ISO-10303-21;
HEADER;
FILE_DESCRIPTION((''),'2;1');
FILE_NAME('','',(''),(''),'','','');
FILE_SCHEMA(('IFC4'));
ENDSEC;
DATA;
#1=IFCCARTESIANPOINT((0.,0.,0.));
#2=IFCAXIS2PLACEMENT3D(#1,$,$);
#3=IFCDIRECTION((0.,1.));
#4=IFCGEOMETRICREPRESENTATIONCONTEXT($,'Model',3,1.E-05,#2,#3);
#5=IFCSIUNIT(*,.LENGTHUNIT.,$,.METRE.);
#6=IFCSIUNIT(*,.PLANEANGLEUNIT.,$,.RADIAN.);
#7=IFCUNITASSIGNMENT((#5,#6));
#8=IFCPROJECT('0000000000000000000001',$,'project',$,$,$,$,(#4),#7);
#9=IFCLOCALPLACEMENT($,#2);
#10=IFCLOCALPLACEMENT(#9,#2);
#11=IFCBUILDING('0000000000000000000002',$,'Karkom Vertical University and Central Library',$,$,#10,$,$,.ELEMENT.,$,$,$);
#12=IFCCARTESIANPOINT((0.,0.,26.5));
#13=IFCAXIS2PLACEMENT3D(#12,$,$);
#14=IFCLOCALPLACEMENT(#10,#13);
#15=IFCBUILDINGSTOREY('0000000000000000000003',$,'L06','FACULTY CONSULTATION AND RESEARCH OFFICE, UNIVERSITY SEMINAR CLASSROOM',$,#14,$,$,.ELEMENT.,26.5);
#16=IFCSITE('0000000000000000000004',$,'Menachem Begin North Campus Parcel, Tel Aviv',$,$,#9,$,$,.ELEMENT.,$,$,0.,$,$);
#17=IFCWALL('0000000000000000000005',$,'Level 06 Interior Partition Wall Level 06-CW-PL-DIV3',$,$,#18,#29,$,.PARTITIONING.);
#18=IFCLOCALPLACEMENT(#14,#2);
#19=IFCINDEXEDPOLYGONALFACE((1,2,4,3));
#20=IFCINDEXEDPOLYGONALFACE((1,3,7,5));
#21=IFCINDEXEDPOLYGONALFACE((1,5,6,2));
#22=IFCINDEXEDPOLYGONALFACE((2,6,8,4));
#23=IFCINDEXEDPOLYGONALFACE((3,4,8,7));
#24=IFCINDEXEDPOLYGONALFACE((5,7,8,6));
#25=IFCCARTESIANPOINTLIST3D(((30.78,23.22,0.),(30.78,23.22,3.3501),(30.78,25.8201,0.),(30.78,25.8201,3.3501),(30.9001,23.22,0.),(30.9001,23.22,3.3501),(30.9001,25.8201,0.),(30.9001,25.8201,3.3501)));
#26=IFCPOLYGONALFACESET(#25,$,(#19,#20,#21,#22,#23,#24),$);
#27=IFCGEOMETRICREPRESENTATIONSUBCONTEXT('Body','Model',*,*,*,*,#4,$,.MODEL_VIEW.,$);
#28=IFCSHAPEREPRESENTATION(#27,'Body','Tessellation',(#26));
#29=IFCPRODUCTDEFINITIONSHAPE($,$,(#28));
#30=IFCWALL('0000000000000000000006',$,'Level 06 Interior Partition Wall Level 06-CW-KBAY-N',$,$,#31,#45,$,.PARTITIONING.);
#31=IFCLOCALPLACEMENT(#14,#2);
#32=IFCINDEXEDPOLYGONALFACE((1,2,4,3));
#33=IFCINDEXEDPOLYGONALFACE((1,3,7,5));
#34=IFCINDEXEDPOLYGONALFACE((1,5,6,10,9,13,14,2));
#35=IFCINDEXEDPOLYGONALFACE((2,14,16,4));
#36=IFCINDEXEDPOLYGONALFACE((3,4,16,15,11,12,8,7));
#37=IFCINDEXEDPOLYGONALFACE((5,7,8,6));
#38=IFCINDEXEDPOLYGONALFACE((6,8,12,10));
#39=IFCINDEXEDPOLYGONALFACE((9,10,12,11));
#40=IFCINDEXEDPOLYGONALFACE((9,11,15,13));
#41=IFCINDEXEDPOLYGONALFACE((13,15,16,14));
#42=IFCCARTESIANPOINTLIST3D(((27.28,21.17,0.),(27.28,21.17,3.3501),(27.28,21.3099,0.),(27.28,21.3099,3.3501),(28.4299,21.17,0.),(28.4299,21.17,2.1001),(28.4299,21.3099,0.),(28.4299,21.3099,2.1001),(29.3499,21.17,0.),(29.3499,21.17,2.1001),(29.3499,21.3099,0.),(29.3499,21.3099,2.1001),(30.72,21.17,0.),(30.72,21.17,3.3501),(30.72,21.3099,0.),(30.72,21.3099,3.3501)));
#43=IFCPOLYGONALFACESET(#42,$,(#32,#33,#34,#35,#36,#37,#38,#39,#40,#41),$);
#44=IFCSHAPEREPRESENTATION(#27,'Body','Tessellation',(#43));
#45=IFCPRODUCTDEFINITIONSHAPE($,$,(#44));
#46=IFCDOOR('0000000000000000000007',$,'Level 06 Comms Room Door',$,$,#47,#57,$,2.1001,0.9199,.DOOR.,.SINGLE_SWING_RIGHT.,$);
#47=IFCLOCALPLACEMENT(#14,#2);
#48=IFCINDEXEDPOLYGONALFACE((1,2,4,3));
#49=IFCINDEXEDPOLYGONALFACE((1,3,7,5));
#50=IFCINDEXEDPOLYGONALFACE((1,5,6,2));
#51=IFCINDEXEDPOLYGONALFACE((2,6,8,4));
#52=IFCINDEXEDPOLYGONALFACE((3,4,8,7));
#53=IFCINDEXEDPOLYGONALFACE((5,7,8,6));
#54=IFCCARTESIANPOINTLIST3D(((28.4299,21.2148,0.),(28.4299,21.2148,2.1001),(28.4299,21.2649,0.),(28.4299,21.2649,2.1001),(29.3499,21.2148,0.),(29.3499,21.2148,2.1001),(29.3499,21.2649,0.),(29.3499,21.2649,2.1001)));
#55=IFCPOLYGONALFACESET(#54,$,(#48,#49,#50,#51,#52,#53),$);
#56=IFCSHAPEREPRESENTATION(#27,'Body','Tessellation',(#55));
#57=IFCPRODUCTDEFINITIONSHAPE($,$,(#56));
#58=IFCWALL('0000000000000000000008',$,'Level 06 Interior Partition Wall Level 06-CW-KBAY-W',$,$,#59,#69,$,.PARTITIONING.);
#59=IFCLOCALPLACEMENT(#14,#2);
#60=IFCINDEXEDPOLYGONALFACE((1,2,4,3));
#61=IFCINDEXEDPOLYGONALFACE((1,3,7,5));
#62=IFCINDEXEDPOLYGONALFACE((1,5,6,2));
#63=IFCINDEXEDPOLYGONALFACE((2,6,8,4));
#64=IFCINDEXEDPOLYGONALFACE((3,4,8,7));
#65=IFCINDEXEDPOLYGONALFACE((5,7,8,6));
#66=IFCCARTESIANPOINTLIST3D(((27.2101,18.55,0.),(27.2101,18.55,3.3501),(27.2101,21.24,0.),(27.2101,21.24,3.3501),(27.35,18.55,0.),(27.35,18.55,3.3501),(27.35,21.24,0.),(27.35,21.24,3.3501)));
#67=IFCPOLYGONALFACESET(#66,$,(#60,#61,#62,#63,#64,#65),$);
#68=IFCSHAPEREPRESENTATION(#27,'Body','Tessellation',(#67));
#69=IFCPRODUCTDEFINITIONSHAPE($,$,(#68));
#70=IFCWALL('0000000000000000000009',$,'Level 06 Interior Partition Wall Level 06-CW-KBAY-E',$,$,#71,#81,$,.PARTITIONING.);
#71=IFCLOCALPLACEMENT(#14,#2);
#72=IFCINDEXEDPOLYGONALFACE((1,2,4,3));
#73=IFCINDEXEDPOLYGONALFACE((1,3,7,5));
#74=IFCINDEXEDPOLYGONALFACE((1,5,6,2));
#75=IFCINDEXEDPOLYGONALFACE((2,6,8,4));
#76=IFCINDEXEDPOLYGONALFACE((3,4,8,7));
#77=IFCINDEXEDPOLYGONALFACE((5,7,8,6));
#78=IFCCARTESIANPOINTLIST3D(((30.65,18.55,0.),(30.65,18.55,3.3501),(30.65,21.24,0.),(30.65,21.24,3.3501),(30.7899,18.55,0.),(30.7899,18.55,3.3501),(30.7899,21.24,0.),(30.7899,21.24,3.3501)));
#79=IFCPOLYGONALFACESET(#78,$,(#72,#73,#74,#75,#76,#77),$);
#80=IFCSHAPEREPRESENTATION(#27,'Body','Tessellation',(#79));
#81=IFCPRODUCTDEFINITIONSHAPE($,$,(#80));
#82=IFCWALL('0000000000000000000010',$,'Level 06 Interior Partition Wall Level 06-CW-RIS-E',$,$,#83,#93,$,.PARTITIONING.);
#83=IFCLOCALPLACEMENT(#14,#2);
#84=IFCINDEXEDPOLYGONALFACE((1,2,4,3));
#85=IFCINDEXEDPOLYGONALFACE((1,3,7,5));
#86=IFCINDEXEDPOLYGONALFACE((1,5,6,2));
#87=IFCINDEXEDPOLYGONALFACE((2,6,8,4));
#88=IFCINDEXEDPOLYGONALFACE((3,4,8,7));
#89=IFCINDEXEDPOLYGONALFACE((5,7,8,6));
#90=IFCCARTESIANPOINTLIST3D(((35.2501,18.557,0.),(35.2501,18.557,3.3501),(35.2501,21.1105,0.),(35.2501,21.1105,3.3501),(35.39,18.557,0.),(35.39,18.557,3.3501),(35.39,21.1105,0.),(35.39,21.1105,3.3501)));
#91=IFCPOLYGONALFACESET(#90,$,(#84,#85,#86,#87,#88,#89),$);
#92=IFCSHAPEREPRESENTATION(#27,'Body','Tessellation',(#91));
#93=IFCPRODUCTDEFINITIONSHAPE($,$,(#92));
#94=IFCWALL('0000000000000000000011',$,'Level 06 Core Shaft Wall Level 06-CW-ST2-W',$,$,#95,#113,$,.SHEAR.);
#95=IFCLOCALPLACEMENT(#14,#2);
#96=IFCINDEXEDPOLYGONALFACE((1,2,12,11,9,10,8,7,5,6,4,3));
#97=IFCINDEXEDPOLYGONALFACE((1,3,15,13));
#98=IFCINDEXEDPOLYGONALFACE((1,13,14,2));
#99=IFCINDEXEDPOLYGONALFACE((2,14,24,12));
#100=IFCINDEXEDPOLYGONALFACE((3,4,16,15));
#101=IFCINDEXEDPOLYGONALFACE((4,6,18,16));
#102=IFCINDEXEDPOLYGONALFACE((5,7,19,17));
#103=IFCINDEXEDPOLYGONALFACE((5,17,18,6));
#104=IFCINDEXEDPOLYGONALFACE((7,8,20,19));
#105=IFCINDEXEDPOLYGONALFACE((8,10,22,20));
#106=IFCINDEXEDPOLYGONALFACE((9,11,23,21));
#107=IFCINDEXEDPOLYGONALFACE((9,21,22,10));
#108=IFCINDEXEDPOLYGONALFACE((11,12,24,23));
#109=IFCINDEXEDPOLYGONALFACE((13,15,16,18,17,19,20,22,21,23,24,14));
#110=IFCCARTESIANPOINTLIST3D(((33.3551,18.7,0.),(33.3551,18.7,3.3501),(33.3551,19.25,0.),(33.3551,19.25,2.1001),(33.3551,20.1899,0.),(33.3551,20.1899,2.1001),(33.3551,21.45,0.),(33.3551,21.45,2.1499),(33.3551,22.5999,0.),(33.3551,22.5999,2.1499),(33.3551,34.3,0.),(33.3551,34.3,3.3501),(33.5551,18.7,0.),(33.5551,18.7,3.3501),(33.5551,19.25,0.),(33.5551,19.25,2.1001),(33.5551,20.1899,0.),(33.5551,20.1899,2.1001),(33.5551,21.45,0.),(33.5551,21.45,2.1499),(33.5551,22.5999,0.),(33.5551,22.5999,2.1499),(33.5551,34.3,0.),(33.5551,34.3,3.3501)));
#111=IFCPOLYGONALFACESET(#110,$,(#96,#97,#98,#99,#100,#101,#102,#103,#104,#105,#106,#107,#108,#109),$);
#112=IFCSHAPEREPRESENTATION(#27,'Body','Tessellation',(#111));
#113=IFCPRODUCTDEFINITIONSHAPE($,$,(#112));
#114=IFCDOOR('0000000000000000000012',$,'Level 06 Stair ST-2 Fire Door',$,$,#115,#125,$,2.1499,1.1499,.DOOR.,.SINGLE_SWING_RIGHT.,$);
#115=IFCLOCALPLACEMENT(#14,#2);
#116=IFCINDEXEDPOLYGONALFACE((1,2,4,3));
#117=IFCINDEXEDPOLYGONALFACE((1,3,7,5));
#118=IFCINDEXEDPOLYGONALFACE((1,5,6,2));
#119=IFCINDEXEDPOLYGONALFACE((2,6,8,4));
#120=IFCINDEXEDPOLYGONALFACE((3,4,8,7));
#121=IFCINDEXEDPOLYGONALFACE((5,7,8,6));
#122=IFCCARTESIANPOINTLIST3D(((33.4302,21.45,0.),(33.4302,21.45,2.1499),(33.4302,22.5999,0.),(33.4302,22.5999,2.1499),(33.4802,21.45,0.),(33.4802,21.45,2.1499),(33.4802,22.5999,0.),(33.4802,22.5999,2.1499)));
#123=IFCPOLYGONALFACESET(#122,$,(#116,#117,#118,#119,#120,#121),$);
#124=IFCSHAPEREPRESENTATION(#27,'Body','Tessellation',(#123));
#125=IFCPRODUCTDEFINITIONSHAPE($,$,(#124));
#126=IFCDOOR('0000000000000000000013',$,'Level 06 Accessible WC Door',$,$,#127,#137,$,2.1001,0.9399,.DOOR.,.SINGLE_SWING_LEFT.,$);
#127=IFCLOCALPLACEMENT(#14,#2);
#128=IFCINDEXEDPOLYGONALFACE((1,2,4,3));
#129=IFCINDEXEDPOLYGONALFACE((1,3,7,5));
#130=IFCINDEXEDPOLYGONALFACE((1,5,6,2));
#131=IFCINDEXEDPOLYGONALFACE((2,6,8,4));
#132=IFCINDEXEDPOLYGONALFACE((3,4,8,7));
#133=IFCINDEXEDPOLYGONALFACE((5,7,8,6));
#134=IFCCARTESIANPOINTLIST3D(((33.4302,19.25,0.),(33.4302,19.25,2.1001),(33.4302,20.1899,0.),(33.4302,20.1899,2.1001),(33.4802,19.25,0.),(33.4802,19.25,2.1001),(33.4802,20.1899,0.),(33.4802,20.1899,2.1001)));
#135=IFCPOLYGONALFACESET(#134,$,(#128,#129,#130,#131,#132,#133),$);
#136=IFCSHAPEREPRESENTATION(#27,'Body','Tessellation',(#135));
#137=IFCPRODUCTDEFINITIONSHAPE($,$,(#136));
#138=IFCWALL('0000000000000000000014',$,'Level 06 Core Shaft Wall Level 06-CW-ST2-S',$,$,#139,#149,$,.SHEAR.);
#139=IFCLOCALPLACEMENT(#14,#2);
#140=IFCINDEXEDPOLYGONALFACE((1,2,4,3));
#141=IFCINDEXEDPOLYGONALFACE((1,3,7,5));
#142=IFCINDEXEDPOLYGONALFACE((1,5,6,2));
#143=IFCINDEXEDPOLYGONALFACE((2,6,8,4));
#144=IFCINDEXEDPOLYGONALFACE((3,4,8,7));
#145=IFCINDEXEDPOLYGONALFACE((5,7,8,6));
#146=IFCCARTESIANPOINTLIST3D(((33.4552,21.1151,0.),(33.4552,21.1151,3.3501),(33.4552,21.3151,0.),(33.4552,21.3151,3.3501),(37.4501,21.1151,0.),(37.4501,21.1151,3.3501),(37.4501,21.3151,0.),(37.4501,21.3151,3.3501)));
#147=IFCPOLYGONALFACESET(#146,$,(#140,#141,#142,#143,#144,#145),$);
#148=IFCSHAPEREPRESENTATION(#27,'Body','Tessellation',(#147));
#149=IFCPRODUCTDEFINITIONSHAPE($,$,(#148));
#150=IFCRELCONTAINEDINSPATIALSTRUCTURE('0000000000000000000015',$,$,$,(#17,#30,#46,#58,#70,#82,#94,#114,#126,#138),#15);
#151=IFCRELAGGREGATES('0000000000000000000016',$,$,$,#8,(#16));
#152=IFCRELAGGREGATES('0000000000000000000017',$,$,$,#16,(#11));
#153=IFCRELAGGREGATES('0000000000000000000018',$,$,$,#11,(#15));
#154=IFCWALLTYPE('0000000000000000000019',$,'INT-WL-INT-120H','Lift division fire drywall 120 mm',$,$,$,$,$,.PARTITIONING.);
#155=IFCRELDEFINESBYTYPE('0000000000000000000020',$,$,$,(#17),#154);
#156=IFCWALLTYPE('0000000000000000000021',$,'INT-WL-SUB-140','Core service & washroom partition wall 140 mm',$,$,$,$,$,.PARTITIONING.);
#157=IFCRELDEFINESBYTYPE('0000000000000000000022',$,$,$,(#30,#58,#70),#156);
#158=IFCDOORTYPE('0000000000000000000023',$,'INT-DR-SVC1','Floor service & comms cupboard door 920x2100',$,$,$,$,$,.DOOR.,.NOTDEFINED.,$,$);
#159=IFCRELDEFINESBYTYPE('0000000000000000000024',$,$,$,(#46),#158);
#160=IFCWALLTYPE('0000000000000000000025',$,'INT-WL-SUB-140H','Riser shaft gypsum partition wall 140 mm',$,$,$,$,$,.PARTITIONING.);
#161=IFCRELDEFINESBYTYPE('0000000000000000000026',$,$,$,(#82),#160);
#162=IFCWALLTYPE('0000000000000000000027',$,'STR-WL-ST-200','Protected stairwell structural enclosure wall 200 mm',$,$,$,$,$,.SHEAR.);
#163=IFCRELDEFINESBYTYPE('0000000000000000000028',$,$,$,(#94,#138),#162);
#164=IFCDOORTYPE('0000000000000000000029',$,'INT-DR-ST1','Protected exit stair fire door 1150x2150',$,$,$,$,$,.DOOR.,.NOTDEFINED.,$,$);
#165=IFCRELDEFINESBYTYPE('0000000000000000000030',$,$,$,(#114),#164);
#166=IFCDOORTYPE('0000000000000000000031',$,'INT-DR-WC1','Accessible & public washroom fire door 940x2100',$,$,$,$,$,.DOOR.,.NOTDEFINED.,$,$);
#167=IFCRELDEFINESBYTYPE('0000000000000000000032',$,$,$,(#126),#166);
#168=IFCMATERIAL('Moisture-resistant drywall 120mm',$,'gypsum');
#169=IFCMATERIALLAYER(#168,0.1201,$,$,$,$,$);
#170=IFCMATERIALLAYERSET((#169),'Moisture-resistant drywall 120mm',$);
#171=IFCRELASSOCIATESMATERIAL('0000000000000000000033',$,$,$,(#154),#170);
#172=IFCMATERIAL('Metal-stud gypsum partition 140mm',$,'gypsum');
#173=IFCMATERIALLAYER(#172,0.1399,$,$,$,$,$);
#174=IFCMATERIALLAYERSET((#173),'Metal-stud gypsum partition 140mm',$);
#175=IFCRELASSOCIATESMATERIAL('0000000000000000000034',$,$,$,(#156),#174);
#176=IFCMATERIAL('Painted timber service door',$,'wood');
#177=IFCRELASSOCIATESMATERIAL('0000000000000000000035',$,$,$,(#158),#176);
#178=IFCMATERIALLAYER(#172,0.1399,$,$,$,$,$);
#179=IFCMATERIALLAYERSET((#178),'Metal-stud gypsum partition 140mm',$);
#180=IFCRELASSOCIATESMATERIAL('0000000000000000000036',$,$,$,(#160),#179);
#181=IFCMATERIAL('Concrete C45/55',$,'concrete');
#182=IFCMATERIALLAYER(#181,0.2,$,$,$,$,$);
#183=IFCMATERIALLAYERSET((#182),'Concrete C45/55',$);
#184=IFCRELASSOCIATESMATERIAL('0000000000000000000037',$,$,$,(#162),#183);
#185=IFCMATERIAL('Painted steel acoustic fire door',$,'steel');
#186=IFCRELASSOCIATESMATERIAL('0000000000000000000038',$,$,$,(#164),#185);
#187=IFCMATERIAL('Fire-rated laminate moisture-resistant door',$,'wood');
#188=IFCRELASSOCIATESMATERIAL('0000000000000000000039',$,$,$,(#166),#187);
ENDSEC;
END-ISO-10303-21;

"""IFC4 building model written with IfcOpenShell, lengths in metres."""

from ifc_helpers import new_model, si_unit, direction, frame, frame_2d, origin, origin_with_axes, place, context, subcontext, project, spatial, rectangle, extrude, source, transform, mapped, material, layer, layer_set, type_object, element, fill, save


model = new_model("IFC4")

# Units and contexts
model_context = context("Model", 3, precision=1e-05, world=origin(), true_north=direction((0.0, 1.0)))
body_context = subcontext(model_context, "Body", "Model", "MODEL_VIEW")
ifc_project = project(units=[si_unit("LENGTHUNIT", "METRE"), si_unit("PLANEANGLEUNIT", "RADIAN")], contexts=[model_context])

# Site, building, storey
site_placement = place(None, origin())
site = spatial("IfcSite", under=ifc_project, at=site_placement, Name="Menachem Begin North Campus Parcel, Tel Aviv", CompositionType="ELEMENT", RefElevation=0.0)
building_placement = place(site_placement, origin())
building = spatial("IfcBuilding", under=site, at=building_placement, Name="Karkom Vertical University and Central Library", CompositionType="ELEMENT")
storey_placement = place(building_placement, frame((0.0, 0.0, 26.5)))
storey = spatial("IfcBuildingStorey", under=building, at=storey_placement, Name="L06", Description="FACULTY CONSULTATION AND RESEARCH OFFICE, UNIVERSITY SEMINAR CLASSROOM", CompositionType="ELEMENT", Elevation=26.5)

# Wall
ifc_material_1 = material(Name="Moisture-resistant drywall 120mm", Category="gypsum")
ifc_layer_1 = layer(ifc_material_1, 0.1201)
ifc_layer_set_1 = layer_set([ifc_layer_1], Name="Moisture-resistant drywall 120mm")
wall_type_1 = type_object("IfcWallType", Name="INT-WL-INT-120H", Description="Lift division fire drywall 120 mm", PredefinedType="PARTITIONING", material=ifc_layer_set_1)
for number, where, z_axis, x_axis, name in (
    (1, (30.8401, 23.22, 0.0), (0.0, 0.0, 1.0), (0.0, 1.0, 0.0), "Level 06 Interior Partition Wall Level 06-CW-PL-DIV3"),
):
    element("IfcWall", number, at=place(storey_placement, frame(where, z_axis=z_axis, x_axis=x_axis)), inside=storey, type_object=wall_type_1, Name=name, PredefinedType="PARTITIONING", context=body_context, shape_type="SweptSolid", body=[
        extrude(rectangle(XDim=2.6001, YDim=0.1201, at=frame_2d((1.3, 0.0))), origin(), (0.0, 0.0, 1.0), 3.3501),
    ])

# Wall, opening, door
ifc_material_2 = material(Name="Metal-stud gypsum partition 140mm", Category="gypsum")
ifc_layer_2 = layer(ifc_material_2, 0.1399)
ifc_layer_set_2 = layer_set([ifc_layer_2], Name="Metal-stud gypsum partition 140mm")
wall_type_2 = type_object("IfcWallType", Name="INT-WL-SUB-140", Description="Core service & washroom partition wall 140 mm", PredefinedType="PARTITIONING", material=ifc_layer_set_2)
wall_1_placement = place(storey_placement, frame((27.28, 21.24, 0.0), z_axis=(0.0, 0.0, 1.0), x_axis=(1.0, 0.0, 0.0)))
wall_1 = element("IfcWall", 2, at=wall_1_placement, inside=storey, type_object=wall_type_2, Name="Level 06 Interior Partition Wall Level 06-CW-KBAY-N", PredefinedType="PARTITIONING", context=body_context, shape_type="SweptSolid", body=[
    extrude(rectangle(XDim=3.4399, YDim=0.1399, at=frame_2d((1.72, 0.0))), origin(), (0.0, 0.0, 1.0), 3.3501),
])
opening_1_placement = place(wall_1_placement, frame((1.1499, 0.0, 0.0)))
opening_1 = element("IfcOpeningElement", 3, at=opening_1_placement, cuts=wall_1, PredefinedType="OPENING", context=body_context, shape_type="SweptSolid", body=[
    extrude(rectangle(XDim=0.9199, YDim=2.1001, at=frame_2d((0.46, 1.05))), frame((0.0, 0.0801, 0.0), z_axis=(0.0, -1.0, 0.0), x_axis=(1.0, 0.0, 0.0)), (0.0, 0.0, 1.0), 0.1599),
])
ifc_material_3 = material(Name="Painted timber service door", Category="wood")
door_type_1 = type_object("IfcDoorType", Name="INT-DR-SVC1", Description="Floor service & comms cupboard door 920x2100", OperationType="NOTDEFINED", PredefinedType="DOOR", material=ifc_material_3)
shared_shape_1 = source(origin_with_axes(), body_context, "Body", "SweptSolid", [
    extrude(rectangle(XDim=0.9199, YDim=2.1001, at=frame_2d((0.46, 1.05))), frame((0.0, 0.0249, 0.0), z_axis=(0.0, -1.0, 0.0), x_axis=(1.0, 0.0, 0.0)), (0.0, 0.0, 1.0), 0.05),
])
door_1_placement = place(opening_1_placement, origin())
door_1 = element("IfcDoor", 4, at=door_1_placement, inside=storey, type_object=door_type_1, Name="Level 06 Comms Room Door", OperationType="SINGLE_SWING_RIGHT", OverallHeight=2.1001, OverallWidth=0.9199, PredefinedType="DOOR", context=body_context, shape_type="MappedRepresentation", body=[
    mapped(shared_shape_1, transform((0.0, 0.0, 0.0), scale=1.0)),
])
fill(opening_1, door_1)

# Walls
for number, where, z_axis, x_axis, name in (
    (5, (27.28, 18.55, 0.0), (0.0, 0.0, 1.0), (0.0, 1.0, 0.0), "Level 06 Interior Partition Wall Level 06-CW-KBAY-W"),
    (6, (30.72, 18.55, 0.0), (0.0, 0.0, 1.0), (0.0, 1.0, 0.0), "Level 06 Interior Partition Wall Level 06-CW-KBAY-E"),
):
    element("IfcWall", number, at=place(storey_placement, frame(where, z_axis=z_axis, x_axis=x_axis)), inside=storey, type_object=wall_type_2, Name=name, PredefinedType="PARTITIONING", context=body_context, shape_type="SweptSolid", body=[
        extrude(rectangle(XDim=2.6899, YDim=0.1399, at=frame_2d((1.345, 0.0))), origin(), (0.0, 0.0, 1.0), 3.3501),
    ])
ifc_layer_3 = layer(ifc_material_2, 0.1399)
ifc_layer_set_3 = layer_set([ifc_layer_3], Name="Metal-stud gypsum partition 140mm")
wall_type_3 = type_object("IfcWallType", Name="INT-WL-SUB-140H", Description="Riser shaft gypsum partition wall 140 mm", PredefinedType="PARTITIONING", material=ifc_layer_set_3)
wall_2_placement = place(storey_placement, frame((35.3201, 18.5569, 0.0), z_axis=(0.0, 0.0, 1.0), x_axis=(0.0, 1.0, 0.0)))
element("IfcWall", 7, at=wall_2_placement, inside=storey, type_object=wall_type_3, Name="Level 06 Interior Partition Wall Level 06-CW-RIS-E", PredefinedType="PARTITIONING", context=body_context, shape_type="SweptSolid", body=[
    extrude(rectangle(XDim=2.5535, YDim=0.1399, at=frame_2d((1.2769, 0.0))), origin(), (0.0, 0.0, 1.0), 3.3501),
])

# Wall, openings, doors
ifc_material_4 = material(Name="Concrete C45/55", Category="concrete")
ifc_layer_4 = layer(ifc_material_4, 0.2)
ifc_layer_set_4 = layer_set([ifc_layer_4], Name="Concrete C45/55")
wall_type_4 = type_object("IfcWallType", Name="STR-WL-ST-200", Description="Protected stairwell structural enclosure wall 200 mm", PredefinedType="SHEAR", material=ifc_layer_set_4)
wall_3_placement = place(storey_placement, frame((33.4551, 18.7, 0.0), z_axis=(0.0, 0.0, 1.0), x_axis=(0.0, 1.0, 0.0)))
wall_3 = element("IfcWall", 8, at=wall_3_placement, inside=storey, type_object=wall_type_4, Name="Level 06 Core Shaft Wall Level 06-CW-ST2-W", PredefinedType="SHEAR", context=body_context, shape_type="SweptSolid", body=[
    extrude(rectangle(XDim=15.6001, YDim=0.2, at=frame_2d((7.8, 0.0))), origin(), (0.0, 0.0, 1.0), 3.3501),
])
opening_2_placement = place(wall_3_placement, frame((2.75, 0.0, 0.0)))
opening_2 = element("IfcOpeningElement", 9, at=opening_2_placement, cuts=wall_3, PredefinedType="OPENING", context=body_context, shape_type="SweptSolid", body=[
    extrude(rectangle(XDim=1.1499, YDim=2.1499, at=frame_2d((0.575, 1.075))), frame((0.0, 0.1099, 0.0), z_axis=(0.0, -1.0, 0.0), x_axis=(1.0, 0.0, 0.0)), (0.0, 0.0, 1.0), 0.22),
])
opening_3_placement = place(wall_3_placement, frame((0.55, 0.0, 0.0)))
opening_3 = element("IfcOpeningElement", 10, at=opening_3_placement, cuts=wall_3, PredefinedType="OPENING", context=body_context, shape_type="SweptSolid", body=[
    extrude(rectangle(XDim=0.9399, YDim=2.1001, at=frame_2d((0.47, 1.05))), frame((0.0, 0.1099, 0.0), z_axis=(0.0, -1.0, 0.0), x_axis=(1.0, 0.0, 0.0)), (0.0, 0.0, 1.0), 0.22),
])
ifc_material_5 = material(Name="Painted steel acoustic fire door", Category="steel")
door_type_2 = type_object("IfcDoorType", Name="INT-DR-ST1", Description="Protected exit stair fire door 1150x2150", OperationType="NOTDEFINED", PredefinedType="DOOR", material=ifc_material_5)
shared_shape_2 = source(origin_with_axes(), body_context, "Body", "SweptSolid", [
    extrude(rectangle(XDim=1.1499, YDim=2.1499, at=frame_2d((0.575, 1.075))), frame((0.0, 0.0249, 0.0), z_axis=(0.0, -1.0, 0.0), x_axis=(1.0, 0.0, 0.0)), (0.0, 0.0, 1.0), 0.05),
])
door_2_placement = place(opening_2_placement, origin())
door_2 = element("IfcDoor", 11, at=door_2_placement, inside=storey, type_object=door_type_2, Name="Level 06 Stair ST-2 Fire Door", OperationType="SINGLE_SWING_RIGHT", OverallHeight=2.1499, OverallWidth=1.1499, PredefinedType="DOOR", context=body_context, shape_type="MappedRepresentation", body=[
    mapped(shared_shape_2, transform((0.0, 0.0, 0.0), scale=1.0)),
])
fill(opening_2, door_2)
ifc_material_6 = material(Name="Fire-rated laminate moisture-resistant door", Category="wood")
door_type_3 = type_object("IfcDoorType", Name="INT-DR-WC1", Description="Accessible & public washroom fire door 940x2100", OperationType="NOTDEFINED", PredefinedType="DOOR", material=ifc_material_6)
shared_shape_3 = source(origin_with_axes(), body_context, "Body", "SweptSolid", [
    extrude(rectangle(XDim=0.9399, YDim=2.1001, at=frame_2d((0.47, 1.05))), frame((0.0, 0.0249, 0.0), z_axis=(0.0, -1.0, 0.0), x_axis=(1.0, 0.0, 0.0)), (0.0, 0.0, 1.0), 0.05),
])
door_3_placement = place(opening_3_placement, origin())
door_3 = element("IfcDoor", 12, at=door_3_placement, inside=storey, type_object=door_type_3, Name="Level 06 Accessible WC Door", OperationType="SINGLE_SWING_LEFT", OverallHeight=2.1001, OverallWidth=0.9399, PredefinedType="DOOR", context=body_context, shape_type="MappedRepresentation", body=[
    mapped(shared_shape_3, transform((0.0, 0.0, 0.0), scale=1.0)),
])
fill(opening_3, door_3)

# Wall
wall_4_placement = place(storey_placement, frame((33.4551, 21.2151, 0.0), z_axis=(0.0, 0.0, 1.0), x_axis=(1.0, 0.0, 0.0)))
element("IfcWall", 13, at=wall_4_placement, inside=storey, type_object=wall_type_4, Name="Level 06 Core Shaft Wall Level 06-CW-ST2-S", PredefinedType="SHEAR", context=body_context, shape_type="SweptSolid", body=[
    extrude(rectangle(XDim=3.9949, YDim=0.2, at=frame_2d((1.9976, 0.0))), origin(), (0.0, 0.0, 1.0), 3.3501),
])

save(model, "model.ifc")
